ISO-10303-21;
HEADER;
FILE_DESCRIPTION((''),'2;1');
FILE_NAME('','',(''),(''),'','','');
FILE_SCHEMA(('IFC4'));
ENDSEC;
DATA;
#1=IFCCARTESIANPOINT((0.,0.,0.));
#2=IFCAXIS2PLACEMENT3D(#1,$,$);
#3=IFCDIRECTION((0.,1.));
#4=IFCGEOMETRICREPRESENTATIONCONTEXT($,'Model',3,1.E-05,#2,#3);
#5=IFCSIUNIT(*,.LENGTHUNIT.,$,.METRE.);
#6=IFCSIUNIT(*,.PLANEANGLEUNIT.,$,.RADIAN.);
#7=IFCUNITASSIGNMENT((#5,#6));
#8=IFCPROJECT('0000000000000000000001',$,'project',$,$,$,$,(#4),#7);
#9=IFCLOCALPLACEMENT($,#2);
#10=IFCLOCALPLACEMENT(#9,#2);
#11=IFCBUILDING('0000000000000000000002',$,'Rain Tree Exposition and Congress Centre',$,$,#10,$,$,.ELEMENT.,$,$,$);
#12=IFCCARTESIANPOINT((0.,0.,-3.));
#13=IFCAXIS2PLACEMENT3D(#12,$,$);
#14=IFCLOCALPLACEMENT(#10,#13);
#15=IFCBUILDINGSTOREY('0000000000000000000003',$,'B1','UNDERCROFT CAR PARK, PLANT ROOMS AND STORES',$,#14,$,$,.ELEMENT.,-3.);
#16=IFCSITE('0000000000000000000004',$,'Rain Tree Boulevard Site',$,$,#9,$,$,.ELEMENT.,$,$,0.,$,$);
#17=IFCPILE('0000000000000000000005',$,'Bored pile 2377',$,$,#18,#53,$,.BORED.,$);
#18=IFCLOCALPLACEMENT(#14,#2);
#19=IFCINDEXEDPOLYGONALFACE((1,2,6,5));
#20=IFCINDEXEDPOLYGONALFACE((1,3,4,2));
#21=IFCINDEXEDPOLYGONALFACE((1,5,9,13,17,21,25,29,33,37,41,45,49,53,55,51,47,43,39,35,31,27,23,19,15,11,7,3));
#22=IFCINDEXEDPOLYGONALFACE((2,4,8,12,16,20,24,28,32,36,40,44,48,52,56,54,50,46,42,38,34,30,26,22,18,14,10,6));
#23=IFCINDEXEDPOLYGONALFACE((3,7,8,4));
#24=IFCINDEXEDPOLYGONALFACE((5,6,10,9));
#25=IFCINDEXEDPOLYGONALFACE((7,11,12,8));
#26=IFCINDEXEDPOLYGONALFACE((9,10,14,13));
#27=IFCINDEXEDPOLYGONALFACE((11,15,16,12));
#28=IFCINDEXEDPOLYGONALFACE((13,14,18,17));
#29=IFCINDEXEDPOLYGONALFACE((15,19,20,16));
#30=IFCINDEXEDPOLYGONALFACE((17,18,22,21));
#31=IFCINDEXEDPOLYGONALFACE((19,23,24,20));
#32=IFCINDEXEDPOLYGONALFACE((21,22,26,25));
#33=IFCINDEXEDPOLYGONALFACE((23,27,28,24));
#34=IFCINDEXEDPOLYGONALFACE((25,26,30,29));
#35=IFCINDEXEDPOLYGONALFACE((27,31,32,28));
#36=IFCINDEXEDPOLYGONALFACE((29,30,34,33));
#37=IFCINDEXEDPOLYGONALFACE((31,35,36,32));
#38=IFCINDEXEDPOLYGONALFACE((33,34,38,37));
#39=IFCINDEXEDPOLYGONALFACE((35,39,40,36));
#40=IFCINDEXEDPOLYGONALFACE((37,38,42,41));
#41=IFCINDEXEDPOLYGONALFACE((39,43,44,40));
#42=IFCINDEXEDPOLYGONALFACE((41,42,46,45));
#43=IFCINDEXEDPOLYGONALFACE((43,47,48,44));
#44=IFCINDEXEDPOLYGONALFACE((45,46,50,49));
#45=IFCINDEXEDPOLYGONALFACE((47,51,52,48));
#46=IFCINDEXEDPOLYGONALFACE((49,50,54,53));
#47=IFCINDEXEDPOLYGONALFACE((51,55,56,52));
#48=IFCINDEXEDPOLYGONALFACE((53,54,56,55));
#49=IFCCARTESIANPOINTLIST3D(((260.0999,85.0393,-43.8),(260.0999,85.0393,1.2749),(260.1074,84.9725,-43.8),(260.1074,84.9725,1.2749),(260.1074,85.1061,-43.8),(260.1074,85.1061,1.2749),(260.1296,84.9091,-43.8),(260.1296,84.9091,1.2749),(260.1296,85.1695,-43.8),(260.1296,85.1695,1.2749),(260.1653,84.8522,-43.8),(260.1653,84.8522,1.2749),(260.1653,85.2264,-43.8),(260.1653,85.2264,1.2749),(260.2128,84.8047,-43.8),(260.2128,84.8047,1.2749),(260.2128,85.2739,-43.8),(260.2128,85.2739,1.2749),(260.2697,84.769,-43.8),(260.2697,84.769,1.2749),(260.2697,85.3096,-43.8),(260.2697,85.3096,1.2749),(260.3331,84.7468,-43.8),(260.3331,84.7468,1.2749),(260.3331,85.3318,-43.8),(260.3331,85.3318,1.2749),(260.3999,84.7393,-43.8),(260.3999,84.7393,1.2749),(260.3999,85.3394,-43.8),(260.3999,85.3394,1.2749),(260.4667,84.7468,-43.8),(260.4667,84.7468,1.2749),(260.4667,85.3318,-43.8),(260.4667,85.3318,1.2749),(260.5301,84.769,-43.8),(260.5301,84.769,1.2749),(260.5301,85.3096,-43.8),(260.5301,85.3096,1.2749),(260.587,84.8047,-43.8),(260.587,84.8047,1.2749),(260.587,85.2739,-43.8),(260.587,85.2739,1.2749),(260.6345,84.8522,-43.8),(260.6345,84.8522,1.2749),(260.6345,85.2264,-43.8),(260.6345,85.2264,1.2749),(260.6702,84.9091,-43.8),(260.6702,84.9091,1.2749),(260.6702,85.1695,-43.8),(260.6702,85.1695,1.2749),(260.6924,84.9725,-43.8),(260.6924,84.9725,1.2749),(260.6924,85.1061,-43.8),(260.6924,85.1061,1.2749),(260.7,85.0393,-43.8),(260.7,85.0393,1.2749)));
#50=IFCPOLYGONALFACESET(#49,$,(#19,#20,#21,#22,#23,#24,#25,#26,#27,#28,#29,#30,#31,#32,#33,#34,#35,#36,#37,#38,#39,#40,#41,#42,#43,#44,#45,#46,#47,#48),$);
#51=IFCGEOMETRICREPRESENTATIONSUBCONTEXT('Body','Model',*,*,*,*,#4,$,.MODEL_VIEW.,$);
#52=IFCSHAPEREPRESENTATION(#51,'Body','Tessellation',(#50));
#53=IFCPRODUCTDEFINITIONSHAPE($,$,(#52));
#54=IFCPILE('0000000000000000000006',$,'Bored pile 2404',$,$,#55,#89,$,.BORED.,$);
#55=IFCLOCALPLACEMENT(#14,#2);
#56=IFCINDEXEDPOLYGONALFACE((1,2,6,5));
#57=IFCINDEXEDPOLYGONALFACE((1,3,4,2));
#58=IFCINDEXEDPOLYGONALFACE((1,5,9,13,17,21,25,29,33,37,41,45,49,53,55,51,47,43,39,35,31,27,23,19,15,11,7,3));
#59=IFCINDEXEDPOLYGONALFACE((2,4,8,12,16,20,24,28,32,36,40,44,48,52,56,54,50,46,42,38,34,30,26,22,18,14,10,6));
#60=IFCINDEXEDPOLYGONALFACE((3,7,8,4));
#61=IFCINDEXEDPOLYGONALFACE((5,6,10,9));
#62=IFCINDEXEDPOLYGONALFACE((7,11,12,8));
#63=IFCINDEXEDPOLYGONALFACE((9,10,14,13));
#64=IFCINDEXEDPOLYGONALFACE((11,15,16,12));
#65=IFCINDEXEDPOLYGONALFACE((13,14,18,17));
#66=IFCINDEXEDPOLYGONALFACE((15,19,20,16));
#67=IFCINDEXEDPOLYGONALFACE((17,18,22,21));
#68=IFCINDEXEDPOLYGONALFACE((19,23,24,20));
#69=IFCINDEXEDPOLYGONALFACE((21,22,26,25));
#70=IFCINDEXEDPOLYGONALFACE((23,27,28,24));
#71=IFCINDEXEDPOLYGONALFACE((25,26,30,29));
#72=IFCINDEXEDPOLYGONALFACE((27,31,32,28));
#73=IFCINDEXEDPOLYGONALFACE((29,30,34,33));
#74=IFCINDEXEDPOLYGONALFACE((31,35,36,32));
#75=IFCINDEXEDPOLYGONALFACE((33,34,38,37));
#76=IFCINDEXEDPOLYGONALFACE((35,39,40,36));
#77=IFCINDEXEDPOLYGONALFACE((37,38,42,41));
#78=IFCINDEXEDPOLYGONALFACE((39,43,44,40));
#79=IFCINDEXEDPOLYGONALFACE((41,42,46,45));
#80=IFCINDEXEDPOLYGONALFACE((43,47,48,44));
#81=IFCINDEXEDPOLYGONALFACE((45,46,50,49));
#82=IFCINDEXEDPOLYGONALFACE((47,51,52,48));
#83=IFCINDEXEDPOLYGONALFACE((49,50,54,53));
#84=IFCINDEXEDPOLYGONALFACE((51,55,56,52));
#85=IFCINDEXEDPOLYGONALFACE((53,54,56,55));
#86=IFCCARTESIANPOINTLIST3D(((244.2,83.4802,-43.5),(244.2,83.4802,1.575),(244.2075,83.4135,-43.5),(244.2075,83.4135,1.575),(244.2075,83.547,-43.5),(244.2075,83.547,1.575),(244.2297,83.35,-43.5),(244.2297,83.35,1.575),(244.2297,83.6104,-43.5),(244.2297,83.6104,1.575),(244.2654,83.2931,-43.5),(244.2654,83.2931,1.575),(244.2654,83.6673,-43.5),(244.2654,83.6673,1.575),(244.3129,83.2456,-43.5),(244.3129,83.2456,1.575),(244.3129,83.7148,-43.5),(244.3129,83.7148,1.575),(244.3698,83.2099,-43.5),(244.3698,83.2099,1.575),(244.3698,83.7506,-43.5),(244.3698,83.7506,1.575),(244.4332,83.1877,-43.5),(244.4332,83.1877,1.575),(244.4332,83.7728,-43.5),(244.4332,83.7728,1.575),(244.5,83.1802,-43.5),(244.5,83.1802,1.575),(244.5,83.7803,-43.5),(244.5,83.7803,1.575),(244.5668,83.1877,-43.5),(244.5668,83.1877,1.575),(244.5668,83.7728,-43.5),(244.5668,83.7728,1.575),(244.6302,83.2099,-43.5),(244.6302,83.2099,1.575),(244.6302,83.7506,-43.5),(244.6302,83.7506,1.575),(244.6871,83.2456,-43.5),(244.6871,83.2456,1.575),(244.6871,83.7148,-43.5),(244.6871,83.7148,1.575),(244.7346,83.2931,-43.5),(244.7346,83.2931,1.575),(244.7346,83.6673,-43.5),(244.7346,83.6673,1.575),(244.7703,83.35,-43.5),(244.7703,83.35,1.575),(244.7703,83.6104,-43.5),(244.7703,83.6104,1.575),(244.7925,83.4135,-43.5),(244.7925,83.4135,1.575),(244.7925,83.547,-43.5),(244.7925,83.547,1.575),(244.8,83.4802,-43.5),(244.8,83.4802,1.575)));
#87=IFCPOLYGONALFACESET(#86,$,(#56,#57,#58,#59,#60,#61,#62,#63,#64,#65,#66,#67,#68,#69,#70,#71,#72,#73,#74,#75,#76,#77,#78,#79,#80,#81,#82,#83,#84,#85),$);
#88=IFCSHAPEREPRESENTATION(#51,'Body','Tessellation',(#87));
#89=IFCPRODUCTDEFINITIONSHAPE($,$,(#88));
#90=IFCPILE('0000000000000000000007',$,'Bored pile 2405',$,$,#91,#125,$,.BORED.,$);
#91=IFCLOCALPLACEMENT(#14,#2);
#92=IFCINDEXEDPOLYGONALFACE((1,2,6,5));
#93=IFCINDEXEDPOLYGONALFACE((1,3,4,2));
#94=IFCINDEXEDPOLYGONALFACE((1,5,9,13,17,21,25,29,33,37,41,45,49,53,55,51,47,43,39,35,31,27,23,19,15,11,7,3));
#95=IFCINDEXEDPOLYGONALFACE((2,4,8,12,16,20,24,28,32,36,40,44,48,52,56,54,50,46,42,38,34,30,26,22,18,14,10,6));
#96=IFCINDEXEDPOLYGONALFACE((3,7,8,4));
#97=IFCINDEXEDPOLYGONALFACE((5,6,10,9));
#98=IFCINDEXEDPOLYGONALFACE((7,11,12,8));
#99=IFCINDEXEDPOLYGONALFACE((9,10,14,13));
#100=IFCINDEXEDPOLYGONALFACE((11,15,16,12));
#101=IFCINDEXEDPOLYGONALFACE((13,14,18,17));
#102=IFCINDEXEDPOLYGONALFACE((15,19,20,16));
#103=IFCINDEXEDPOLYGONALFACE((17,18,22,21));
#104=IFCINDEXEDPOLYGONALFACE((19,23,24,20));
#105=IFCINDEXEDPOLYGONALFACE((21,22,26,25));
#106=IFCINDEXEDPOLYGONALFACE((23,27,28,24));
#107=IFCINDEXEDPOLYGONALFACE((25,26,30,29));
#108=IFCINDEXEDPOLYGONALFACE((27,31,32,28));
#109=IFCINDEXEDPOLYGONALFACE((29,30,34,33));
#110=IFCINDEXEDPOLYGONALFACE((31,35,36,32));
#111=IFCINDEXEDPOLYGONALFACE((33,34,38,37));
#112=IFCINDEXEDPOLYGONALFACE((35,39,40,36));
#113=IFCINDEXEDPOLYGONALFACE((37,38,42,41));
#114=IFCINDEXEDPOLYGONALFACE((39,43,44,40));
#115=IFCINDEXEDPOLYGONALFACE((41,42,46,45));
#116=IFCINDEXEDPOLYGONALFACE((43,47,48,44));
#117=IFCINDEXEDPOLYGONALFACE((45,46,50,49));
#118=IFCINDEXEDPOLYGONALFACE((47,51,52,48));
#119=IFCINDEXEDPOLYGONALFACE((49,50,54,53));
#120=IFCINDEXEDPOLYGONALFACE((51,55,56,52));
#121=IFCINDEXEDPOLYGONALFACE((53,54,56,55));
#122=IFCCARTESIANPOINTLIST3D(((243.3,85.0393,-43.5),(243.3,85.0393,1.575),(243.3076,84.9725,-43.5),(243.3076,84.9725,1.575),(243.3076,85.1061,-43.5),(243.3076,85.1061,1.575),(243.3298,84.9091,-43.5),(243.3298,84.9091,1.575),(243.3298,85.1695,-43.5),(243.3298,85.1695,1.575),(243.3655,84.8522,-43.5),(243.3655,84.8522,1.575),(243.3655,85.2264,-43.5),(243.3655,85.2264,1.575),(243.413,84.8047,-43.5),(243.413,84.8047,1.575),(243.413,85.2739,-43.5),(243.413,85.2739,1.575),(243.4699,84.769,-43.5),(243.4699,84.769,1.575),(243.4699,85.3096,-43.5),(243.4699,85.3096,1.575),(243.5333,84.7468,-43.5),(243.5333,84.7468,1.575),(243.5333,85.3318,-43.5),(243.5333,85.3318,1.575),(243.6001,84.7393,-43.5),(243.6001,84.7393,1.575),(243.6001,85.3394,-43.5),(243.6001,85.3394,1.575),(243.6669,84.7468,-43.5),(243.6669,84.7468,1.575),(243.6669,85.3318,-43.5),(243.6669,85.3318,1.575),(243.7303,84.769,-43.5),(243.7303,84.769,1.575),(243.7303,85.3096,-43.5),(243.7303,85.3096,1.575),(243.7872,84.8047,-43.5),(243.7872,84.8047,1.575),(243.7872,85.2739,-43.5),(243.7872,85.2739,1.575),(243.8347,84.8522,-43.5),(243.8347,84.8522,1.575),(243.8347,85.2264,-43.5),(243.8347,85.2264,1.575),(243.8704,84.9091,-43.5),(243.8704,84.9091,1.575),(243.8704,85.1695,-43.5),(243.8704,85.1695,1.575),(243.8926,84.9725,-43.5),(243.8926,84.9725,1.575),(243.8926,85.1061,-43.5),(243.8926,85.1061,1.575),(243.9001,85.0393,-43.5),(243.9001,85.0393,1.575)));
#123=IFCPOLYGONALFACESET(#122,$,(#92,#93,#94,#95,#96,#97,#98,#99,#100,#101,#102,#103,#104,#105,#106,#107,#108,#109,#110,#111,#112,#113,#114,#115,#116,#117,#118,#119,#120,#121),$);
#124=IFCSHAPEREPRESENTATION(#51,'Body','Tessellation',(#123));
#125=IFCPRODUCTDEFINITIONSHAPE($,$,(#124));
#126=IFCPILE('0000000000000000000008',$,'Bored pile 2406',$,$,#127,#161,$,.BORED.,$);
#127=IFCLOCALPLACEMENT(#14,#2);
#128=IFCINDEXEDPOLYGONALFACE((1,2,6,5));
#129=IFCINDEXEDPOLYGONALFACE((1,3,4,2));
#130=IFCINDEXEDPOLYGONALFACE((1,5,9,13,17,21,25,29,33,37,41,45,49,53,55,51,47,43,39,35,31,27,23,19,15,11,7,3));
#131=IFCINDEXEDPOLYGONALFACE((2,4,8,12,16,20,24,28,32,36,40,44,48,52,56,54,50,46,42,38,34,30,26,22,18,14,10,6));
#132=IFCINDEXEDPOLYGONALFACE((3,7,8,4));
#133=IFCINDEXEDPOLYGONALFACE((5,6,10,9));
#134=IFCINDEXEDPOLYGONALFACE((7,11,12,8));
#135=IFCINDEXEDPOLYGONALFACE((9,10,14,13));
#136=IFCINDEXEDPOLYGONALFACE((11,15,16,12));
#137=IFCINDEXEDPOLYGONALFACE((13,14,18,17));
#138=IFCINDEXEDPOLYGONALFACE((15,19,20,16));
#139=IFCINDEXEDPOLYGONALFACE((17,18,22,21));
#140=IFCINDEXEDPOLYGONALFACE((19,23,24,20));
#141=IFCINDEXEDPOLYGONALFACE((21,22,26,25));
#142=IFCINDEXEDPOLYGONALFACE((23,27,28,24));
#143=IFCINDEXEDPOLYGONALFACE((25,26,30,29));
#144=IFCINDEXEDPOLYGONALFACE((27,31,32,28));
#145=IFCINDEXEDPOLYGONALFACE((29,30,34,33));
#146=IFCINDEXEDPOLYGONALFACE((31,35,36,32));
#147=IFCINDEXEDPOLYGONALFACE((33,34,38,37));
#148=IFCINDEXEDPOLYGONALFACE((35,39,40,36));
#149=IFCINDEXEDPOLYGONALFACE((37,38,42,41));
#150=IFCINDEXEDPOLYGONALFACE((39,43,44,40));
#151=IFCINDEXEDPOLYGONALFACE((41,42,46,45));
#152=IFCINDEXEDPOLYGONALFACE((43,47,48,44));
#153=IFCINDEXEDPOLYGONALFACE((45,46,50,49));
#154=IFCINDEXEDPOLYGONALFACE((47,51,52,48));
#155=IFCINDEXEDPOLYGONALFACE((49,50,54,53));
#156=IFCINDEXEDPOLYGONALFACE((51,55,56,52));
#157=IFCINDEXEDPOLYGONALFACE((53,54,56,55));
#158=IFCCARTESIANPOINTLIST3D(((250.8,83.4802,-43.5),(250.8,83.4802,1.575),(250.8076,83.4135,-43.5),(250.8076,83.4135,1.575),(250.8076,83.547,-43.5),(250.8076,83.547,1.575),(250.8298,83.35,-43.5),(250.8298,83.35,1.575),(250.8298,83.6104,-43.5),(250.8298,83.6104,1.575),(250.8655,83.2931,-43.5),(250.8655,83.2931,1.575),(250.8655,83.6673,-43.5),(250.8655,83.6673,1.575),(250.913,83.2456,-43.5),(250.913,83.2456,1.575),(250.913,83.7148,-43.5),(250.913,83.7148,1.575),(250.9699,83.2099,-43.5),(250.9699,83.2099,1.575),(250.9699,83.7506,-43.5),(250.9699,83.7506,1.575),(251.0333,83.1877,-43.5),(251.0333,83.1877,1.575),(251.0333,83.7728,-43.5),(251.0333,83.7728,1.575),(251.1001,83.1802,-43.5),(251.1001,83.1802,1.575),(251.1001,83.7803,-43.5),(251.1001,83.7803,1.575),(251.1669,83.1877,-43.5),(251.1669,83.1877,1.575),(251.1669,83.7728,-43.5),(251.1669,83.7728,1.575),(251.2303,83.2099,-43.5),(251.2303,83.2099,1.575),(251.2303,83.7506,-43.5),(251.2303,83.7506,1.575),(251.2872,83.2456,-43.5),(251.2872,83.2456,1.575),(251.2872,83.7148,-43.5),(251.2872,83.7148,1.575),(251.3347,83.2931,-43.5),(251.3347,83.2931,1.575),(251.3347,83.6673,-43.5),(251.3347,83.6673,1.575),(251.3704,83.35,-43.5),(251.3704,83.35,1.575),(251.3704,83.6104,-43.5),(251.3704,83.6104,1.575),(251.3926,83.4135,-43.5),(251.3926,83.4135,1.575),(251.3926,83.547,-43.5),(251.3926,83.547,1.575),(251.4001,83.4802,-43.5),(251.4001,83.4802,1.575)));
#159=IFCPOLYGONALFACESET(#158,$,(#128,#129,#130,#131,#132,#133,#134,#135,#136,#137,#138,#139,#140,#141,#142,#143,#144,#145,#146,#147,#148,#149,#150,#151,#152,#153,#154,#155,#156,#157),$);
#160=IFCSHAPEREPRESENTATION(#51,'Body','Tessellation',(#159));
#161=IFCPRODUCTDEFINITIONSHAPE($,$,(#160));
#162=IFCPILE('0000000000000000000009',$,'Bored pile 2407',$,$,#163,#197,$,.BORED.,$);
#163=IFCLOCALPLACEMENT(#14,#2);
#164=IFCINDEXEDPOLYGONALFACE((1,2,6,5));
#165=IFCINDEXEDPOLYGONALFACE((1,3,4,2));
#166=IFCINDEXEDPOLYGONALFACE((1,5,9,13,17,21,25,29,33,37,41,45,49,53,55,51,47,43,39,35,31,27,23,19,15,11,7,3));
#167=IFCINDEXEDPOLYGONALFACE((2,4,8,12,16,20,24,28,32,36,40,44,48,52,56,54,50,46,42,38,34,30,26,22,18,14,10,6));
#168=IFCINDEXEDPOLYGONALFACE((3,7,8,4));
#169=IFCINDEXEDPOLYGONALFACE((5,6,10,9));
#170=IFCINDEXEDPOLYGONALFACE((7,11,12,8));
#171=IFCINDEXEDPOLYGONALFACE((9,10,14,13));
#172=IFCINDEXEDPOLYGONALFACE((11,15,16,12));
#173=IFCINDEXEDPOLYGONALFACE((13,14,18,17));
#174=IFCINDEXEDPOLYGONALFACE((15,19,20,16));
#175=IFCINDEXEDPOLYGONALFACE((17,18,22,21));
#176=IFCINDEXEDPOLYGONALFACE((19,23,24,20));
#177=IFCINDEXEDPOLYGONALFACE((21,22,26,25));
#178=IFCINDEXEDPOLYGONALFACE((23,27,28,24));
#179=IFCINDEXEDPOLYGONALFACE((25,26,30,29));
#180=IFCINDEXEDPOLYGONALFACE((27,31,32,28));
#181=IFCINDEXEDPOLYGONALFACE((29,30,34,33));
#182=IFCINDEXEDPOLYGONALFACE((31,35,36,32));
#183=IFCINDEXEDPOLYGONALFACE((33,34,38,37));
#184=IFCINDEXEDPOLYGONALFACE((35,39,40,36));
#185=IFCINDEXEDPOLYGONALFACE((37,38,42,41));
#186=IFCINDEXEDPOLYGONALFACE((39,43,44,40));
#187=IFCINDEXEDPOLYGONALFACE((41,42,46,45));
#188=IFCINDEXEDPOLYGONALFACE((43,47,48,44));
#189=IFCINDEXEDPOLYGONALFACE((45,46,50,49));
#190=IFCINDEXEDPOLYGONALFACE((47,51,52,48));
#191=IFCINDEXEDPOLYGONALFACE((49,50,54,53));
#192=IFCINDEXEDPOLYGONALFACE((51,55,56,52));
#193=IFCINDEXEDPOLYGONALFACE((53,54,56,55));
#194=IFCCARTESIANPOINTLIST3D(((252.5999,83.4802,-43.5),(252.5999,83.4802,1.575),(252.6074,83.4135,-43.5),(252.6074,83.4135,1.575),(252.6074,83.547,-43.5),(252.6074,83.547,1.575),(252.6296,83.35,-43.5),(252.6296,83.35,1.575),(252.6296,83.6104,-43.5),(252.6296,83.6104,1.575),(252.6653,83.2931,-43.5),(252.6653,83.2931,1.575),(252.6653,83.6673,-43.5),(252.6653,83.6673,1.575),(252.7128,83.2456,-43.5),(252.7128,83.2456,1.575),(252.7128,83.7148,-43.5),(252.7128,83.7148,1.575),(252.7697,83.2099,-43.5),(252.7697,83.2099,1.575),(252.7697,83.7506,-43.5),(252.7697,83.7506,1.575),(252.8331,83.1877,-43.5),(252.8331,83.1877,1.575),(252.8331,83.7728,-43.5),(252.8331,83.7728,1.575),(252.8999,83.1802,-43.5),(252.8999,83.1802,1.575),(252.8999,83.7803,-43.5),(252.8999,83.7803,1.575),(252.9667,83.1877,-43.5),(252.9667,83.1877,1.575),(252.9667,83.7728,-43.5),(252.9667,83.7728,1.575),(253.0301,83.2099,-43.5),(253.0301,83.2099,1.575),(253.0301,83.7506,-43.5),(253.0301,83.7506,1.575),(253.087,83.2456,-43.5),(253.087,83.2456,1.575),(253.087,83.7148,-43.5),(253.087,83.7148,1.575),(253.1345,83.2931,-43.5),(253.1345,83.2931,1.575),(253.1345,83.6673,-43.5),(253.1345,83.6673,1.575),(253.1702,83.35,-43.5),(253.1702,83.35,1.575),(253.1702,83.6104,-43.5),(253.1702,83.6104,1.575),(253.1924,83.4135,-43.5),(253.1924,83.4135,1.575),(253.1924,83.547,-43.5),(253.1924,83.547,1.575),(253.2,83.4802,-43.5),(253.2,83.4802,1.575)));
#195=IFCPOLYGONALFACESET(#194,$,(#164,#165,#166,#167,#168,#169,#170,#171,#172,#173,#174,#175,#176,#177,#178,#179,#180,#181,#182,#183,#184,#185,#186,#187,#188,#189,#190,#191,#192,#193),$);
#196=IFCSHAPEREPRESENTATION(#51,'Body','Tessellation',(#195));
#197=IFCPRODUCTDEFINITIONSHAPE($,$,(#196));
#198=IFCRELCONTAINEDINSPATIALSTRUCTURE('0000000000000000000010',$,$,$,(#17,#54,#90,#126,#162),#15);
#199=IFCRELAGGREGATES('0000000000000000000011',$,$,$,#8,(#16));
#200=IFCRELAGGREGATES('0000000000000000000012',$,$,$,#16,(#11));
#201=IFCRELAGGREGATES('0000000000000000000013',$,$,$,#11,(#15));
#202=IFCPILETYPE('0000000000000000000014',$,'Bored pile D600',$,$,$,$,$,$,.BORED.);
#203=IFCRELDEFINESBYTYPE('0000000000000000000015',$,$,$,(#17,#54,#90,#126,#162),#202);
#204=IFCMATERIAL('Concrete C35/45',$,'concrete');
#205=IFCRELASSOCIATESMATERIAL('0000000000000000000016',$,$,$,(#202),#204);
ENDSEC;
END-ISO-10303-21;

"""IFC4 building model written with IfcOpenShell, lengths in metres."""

from ifc_helpers import new_model, si_unit, direction, frame, origin, origin_2d, place, context, subcontext, project, spatial, circle, extrude, material, material_profile, profile_set, type_object, element, save


model = new_model("IFC4")

# Units and contexts
model_context = context("Model", 3, precision=1e-05, world=origin(), true_north=direction((0.0, 1.0)))
body_context = subcontext(model_context, "Body", "Model", "MODEL_VIEW")
ifc_project = project(units=[si_unit("LENGTHUNIT", "METRE"), si_unit("PLANEANGLEUNIT", "RADIAN")], contexts=[model_context])

# Site, building, storey
site_placement = place(None, origin())
site = spatial("IfcSite", under=ifc_project, at=site_placement, Name="Rain Tree Boulevard Site", CompositionType="ELEMENT", RefElevation=0.0)
building_placement = place(site_placement, origin())
building = spatial("IfcBuilding", under=site, at=building_placement, Name="Rain Tree Exposition and Congress Centre", CompositionType="ELEMENT")
storey_placement = place(building_placement, frame((0.0, 0.0, -3.0)))
storey = spatial("IfcBuildingStorey", under=building, at=storey_placement, Name="B1", Description="UNDERCROFT CAR PARK, PLANT ROOMS AND STORES", CompositionType="ELEMENT", Elevation=-3.0)

# Piles
ifc_material_1 = material(Name="Concrete C35/45", Category="concrete")
ifc_material_profile_1 = material_profile(ifc_material_1, circle(Radius=0.3, at=origin_2d()), Name="D600")
ifc_profile_set_1 = profile_set([ifc_material_profile_1], Name="Concrete C35/45")
pile_type_1 = type_object("IfcPileType", Name="Bored pile D600", PredefinedType="BORED", material=ifc_profile_set_1)
for number, where, z_axis, x_axis, name in (
    (1, (260.3999, 85.0393, 1.2749), (0.0, 0.0, -1.0), (1.0, 0.0, 0.0), "Bored pile 2377"),
    (2, (244.5, 83.4802, 1.575), (0.0, 0.0, -1.0), (1.0, 0.0, 0.0), "Bored pile 2404"),
    (3, (243.6001, 85.0393, 1.575), (0.0, 0.0, -1.0), (1.0, 0.0, 0.0), "Bored pile 2405"),
    (4, (251.1001, 83.4802, 1.575), (0.0, 0.0, -1.0), (1.0, 0.0, 0.0), "Bored pile 2406"),
    (5, (252.8999, 83.4802, 1.575), (0.0, 0.0, -1.0), (1.0, 0.0, 0.0), "Bored pile 2407"),
):
    element("IfcPile", number, at=place(storey_placement, frame(where, z_axis=z_axis, x_axis=x_axis)), inside=storey, type_object=pile_type_1, Name=name, PredefinedType="BORED", context=body_context, shape_type="SweptSolid", body=[
        extrude(circle(Radius=0.3, at=origin_2d()), origin(), (0.0, 0.0, 1.0), 45.075),
    ])

save(model, "model.ifc")
